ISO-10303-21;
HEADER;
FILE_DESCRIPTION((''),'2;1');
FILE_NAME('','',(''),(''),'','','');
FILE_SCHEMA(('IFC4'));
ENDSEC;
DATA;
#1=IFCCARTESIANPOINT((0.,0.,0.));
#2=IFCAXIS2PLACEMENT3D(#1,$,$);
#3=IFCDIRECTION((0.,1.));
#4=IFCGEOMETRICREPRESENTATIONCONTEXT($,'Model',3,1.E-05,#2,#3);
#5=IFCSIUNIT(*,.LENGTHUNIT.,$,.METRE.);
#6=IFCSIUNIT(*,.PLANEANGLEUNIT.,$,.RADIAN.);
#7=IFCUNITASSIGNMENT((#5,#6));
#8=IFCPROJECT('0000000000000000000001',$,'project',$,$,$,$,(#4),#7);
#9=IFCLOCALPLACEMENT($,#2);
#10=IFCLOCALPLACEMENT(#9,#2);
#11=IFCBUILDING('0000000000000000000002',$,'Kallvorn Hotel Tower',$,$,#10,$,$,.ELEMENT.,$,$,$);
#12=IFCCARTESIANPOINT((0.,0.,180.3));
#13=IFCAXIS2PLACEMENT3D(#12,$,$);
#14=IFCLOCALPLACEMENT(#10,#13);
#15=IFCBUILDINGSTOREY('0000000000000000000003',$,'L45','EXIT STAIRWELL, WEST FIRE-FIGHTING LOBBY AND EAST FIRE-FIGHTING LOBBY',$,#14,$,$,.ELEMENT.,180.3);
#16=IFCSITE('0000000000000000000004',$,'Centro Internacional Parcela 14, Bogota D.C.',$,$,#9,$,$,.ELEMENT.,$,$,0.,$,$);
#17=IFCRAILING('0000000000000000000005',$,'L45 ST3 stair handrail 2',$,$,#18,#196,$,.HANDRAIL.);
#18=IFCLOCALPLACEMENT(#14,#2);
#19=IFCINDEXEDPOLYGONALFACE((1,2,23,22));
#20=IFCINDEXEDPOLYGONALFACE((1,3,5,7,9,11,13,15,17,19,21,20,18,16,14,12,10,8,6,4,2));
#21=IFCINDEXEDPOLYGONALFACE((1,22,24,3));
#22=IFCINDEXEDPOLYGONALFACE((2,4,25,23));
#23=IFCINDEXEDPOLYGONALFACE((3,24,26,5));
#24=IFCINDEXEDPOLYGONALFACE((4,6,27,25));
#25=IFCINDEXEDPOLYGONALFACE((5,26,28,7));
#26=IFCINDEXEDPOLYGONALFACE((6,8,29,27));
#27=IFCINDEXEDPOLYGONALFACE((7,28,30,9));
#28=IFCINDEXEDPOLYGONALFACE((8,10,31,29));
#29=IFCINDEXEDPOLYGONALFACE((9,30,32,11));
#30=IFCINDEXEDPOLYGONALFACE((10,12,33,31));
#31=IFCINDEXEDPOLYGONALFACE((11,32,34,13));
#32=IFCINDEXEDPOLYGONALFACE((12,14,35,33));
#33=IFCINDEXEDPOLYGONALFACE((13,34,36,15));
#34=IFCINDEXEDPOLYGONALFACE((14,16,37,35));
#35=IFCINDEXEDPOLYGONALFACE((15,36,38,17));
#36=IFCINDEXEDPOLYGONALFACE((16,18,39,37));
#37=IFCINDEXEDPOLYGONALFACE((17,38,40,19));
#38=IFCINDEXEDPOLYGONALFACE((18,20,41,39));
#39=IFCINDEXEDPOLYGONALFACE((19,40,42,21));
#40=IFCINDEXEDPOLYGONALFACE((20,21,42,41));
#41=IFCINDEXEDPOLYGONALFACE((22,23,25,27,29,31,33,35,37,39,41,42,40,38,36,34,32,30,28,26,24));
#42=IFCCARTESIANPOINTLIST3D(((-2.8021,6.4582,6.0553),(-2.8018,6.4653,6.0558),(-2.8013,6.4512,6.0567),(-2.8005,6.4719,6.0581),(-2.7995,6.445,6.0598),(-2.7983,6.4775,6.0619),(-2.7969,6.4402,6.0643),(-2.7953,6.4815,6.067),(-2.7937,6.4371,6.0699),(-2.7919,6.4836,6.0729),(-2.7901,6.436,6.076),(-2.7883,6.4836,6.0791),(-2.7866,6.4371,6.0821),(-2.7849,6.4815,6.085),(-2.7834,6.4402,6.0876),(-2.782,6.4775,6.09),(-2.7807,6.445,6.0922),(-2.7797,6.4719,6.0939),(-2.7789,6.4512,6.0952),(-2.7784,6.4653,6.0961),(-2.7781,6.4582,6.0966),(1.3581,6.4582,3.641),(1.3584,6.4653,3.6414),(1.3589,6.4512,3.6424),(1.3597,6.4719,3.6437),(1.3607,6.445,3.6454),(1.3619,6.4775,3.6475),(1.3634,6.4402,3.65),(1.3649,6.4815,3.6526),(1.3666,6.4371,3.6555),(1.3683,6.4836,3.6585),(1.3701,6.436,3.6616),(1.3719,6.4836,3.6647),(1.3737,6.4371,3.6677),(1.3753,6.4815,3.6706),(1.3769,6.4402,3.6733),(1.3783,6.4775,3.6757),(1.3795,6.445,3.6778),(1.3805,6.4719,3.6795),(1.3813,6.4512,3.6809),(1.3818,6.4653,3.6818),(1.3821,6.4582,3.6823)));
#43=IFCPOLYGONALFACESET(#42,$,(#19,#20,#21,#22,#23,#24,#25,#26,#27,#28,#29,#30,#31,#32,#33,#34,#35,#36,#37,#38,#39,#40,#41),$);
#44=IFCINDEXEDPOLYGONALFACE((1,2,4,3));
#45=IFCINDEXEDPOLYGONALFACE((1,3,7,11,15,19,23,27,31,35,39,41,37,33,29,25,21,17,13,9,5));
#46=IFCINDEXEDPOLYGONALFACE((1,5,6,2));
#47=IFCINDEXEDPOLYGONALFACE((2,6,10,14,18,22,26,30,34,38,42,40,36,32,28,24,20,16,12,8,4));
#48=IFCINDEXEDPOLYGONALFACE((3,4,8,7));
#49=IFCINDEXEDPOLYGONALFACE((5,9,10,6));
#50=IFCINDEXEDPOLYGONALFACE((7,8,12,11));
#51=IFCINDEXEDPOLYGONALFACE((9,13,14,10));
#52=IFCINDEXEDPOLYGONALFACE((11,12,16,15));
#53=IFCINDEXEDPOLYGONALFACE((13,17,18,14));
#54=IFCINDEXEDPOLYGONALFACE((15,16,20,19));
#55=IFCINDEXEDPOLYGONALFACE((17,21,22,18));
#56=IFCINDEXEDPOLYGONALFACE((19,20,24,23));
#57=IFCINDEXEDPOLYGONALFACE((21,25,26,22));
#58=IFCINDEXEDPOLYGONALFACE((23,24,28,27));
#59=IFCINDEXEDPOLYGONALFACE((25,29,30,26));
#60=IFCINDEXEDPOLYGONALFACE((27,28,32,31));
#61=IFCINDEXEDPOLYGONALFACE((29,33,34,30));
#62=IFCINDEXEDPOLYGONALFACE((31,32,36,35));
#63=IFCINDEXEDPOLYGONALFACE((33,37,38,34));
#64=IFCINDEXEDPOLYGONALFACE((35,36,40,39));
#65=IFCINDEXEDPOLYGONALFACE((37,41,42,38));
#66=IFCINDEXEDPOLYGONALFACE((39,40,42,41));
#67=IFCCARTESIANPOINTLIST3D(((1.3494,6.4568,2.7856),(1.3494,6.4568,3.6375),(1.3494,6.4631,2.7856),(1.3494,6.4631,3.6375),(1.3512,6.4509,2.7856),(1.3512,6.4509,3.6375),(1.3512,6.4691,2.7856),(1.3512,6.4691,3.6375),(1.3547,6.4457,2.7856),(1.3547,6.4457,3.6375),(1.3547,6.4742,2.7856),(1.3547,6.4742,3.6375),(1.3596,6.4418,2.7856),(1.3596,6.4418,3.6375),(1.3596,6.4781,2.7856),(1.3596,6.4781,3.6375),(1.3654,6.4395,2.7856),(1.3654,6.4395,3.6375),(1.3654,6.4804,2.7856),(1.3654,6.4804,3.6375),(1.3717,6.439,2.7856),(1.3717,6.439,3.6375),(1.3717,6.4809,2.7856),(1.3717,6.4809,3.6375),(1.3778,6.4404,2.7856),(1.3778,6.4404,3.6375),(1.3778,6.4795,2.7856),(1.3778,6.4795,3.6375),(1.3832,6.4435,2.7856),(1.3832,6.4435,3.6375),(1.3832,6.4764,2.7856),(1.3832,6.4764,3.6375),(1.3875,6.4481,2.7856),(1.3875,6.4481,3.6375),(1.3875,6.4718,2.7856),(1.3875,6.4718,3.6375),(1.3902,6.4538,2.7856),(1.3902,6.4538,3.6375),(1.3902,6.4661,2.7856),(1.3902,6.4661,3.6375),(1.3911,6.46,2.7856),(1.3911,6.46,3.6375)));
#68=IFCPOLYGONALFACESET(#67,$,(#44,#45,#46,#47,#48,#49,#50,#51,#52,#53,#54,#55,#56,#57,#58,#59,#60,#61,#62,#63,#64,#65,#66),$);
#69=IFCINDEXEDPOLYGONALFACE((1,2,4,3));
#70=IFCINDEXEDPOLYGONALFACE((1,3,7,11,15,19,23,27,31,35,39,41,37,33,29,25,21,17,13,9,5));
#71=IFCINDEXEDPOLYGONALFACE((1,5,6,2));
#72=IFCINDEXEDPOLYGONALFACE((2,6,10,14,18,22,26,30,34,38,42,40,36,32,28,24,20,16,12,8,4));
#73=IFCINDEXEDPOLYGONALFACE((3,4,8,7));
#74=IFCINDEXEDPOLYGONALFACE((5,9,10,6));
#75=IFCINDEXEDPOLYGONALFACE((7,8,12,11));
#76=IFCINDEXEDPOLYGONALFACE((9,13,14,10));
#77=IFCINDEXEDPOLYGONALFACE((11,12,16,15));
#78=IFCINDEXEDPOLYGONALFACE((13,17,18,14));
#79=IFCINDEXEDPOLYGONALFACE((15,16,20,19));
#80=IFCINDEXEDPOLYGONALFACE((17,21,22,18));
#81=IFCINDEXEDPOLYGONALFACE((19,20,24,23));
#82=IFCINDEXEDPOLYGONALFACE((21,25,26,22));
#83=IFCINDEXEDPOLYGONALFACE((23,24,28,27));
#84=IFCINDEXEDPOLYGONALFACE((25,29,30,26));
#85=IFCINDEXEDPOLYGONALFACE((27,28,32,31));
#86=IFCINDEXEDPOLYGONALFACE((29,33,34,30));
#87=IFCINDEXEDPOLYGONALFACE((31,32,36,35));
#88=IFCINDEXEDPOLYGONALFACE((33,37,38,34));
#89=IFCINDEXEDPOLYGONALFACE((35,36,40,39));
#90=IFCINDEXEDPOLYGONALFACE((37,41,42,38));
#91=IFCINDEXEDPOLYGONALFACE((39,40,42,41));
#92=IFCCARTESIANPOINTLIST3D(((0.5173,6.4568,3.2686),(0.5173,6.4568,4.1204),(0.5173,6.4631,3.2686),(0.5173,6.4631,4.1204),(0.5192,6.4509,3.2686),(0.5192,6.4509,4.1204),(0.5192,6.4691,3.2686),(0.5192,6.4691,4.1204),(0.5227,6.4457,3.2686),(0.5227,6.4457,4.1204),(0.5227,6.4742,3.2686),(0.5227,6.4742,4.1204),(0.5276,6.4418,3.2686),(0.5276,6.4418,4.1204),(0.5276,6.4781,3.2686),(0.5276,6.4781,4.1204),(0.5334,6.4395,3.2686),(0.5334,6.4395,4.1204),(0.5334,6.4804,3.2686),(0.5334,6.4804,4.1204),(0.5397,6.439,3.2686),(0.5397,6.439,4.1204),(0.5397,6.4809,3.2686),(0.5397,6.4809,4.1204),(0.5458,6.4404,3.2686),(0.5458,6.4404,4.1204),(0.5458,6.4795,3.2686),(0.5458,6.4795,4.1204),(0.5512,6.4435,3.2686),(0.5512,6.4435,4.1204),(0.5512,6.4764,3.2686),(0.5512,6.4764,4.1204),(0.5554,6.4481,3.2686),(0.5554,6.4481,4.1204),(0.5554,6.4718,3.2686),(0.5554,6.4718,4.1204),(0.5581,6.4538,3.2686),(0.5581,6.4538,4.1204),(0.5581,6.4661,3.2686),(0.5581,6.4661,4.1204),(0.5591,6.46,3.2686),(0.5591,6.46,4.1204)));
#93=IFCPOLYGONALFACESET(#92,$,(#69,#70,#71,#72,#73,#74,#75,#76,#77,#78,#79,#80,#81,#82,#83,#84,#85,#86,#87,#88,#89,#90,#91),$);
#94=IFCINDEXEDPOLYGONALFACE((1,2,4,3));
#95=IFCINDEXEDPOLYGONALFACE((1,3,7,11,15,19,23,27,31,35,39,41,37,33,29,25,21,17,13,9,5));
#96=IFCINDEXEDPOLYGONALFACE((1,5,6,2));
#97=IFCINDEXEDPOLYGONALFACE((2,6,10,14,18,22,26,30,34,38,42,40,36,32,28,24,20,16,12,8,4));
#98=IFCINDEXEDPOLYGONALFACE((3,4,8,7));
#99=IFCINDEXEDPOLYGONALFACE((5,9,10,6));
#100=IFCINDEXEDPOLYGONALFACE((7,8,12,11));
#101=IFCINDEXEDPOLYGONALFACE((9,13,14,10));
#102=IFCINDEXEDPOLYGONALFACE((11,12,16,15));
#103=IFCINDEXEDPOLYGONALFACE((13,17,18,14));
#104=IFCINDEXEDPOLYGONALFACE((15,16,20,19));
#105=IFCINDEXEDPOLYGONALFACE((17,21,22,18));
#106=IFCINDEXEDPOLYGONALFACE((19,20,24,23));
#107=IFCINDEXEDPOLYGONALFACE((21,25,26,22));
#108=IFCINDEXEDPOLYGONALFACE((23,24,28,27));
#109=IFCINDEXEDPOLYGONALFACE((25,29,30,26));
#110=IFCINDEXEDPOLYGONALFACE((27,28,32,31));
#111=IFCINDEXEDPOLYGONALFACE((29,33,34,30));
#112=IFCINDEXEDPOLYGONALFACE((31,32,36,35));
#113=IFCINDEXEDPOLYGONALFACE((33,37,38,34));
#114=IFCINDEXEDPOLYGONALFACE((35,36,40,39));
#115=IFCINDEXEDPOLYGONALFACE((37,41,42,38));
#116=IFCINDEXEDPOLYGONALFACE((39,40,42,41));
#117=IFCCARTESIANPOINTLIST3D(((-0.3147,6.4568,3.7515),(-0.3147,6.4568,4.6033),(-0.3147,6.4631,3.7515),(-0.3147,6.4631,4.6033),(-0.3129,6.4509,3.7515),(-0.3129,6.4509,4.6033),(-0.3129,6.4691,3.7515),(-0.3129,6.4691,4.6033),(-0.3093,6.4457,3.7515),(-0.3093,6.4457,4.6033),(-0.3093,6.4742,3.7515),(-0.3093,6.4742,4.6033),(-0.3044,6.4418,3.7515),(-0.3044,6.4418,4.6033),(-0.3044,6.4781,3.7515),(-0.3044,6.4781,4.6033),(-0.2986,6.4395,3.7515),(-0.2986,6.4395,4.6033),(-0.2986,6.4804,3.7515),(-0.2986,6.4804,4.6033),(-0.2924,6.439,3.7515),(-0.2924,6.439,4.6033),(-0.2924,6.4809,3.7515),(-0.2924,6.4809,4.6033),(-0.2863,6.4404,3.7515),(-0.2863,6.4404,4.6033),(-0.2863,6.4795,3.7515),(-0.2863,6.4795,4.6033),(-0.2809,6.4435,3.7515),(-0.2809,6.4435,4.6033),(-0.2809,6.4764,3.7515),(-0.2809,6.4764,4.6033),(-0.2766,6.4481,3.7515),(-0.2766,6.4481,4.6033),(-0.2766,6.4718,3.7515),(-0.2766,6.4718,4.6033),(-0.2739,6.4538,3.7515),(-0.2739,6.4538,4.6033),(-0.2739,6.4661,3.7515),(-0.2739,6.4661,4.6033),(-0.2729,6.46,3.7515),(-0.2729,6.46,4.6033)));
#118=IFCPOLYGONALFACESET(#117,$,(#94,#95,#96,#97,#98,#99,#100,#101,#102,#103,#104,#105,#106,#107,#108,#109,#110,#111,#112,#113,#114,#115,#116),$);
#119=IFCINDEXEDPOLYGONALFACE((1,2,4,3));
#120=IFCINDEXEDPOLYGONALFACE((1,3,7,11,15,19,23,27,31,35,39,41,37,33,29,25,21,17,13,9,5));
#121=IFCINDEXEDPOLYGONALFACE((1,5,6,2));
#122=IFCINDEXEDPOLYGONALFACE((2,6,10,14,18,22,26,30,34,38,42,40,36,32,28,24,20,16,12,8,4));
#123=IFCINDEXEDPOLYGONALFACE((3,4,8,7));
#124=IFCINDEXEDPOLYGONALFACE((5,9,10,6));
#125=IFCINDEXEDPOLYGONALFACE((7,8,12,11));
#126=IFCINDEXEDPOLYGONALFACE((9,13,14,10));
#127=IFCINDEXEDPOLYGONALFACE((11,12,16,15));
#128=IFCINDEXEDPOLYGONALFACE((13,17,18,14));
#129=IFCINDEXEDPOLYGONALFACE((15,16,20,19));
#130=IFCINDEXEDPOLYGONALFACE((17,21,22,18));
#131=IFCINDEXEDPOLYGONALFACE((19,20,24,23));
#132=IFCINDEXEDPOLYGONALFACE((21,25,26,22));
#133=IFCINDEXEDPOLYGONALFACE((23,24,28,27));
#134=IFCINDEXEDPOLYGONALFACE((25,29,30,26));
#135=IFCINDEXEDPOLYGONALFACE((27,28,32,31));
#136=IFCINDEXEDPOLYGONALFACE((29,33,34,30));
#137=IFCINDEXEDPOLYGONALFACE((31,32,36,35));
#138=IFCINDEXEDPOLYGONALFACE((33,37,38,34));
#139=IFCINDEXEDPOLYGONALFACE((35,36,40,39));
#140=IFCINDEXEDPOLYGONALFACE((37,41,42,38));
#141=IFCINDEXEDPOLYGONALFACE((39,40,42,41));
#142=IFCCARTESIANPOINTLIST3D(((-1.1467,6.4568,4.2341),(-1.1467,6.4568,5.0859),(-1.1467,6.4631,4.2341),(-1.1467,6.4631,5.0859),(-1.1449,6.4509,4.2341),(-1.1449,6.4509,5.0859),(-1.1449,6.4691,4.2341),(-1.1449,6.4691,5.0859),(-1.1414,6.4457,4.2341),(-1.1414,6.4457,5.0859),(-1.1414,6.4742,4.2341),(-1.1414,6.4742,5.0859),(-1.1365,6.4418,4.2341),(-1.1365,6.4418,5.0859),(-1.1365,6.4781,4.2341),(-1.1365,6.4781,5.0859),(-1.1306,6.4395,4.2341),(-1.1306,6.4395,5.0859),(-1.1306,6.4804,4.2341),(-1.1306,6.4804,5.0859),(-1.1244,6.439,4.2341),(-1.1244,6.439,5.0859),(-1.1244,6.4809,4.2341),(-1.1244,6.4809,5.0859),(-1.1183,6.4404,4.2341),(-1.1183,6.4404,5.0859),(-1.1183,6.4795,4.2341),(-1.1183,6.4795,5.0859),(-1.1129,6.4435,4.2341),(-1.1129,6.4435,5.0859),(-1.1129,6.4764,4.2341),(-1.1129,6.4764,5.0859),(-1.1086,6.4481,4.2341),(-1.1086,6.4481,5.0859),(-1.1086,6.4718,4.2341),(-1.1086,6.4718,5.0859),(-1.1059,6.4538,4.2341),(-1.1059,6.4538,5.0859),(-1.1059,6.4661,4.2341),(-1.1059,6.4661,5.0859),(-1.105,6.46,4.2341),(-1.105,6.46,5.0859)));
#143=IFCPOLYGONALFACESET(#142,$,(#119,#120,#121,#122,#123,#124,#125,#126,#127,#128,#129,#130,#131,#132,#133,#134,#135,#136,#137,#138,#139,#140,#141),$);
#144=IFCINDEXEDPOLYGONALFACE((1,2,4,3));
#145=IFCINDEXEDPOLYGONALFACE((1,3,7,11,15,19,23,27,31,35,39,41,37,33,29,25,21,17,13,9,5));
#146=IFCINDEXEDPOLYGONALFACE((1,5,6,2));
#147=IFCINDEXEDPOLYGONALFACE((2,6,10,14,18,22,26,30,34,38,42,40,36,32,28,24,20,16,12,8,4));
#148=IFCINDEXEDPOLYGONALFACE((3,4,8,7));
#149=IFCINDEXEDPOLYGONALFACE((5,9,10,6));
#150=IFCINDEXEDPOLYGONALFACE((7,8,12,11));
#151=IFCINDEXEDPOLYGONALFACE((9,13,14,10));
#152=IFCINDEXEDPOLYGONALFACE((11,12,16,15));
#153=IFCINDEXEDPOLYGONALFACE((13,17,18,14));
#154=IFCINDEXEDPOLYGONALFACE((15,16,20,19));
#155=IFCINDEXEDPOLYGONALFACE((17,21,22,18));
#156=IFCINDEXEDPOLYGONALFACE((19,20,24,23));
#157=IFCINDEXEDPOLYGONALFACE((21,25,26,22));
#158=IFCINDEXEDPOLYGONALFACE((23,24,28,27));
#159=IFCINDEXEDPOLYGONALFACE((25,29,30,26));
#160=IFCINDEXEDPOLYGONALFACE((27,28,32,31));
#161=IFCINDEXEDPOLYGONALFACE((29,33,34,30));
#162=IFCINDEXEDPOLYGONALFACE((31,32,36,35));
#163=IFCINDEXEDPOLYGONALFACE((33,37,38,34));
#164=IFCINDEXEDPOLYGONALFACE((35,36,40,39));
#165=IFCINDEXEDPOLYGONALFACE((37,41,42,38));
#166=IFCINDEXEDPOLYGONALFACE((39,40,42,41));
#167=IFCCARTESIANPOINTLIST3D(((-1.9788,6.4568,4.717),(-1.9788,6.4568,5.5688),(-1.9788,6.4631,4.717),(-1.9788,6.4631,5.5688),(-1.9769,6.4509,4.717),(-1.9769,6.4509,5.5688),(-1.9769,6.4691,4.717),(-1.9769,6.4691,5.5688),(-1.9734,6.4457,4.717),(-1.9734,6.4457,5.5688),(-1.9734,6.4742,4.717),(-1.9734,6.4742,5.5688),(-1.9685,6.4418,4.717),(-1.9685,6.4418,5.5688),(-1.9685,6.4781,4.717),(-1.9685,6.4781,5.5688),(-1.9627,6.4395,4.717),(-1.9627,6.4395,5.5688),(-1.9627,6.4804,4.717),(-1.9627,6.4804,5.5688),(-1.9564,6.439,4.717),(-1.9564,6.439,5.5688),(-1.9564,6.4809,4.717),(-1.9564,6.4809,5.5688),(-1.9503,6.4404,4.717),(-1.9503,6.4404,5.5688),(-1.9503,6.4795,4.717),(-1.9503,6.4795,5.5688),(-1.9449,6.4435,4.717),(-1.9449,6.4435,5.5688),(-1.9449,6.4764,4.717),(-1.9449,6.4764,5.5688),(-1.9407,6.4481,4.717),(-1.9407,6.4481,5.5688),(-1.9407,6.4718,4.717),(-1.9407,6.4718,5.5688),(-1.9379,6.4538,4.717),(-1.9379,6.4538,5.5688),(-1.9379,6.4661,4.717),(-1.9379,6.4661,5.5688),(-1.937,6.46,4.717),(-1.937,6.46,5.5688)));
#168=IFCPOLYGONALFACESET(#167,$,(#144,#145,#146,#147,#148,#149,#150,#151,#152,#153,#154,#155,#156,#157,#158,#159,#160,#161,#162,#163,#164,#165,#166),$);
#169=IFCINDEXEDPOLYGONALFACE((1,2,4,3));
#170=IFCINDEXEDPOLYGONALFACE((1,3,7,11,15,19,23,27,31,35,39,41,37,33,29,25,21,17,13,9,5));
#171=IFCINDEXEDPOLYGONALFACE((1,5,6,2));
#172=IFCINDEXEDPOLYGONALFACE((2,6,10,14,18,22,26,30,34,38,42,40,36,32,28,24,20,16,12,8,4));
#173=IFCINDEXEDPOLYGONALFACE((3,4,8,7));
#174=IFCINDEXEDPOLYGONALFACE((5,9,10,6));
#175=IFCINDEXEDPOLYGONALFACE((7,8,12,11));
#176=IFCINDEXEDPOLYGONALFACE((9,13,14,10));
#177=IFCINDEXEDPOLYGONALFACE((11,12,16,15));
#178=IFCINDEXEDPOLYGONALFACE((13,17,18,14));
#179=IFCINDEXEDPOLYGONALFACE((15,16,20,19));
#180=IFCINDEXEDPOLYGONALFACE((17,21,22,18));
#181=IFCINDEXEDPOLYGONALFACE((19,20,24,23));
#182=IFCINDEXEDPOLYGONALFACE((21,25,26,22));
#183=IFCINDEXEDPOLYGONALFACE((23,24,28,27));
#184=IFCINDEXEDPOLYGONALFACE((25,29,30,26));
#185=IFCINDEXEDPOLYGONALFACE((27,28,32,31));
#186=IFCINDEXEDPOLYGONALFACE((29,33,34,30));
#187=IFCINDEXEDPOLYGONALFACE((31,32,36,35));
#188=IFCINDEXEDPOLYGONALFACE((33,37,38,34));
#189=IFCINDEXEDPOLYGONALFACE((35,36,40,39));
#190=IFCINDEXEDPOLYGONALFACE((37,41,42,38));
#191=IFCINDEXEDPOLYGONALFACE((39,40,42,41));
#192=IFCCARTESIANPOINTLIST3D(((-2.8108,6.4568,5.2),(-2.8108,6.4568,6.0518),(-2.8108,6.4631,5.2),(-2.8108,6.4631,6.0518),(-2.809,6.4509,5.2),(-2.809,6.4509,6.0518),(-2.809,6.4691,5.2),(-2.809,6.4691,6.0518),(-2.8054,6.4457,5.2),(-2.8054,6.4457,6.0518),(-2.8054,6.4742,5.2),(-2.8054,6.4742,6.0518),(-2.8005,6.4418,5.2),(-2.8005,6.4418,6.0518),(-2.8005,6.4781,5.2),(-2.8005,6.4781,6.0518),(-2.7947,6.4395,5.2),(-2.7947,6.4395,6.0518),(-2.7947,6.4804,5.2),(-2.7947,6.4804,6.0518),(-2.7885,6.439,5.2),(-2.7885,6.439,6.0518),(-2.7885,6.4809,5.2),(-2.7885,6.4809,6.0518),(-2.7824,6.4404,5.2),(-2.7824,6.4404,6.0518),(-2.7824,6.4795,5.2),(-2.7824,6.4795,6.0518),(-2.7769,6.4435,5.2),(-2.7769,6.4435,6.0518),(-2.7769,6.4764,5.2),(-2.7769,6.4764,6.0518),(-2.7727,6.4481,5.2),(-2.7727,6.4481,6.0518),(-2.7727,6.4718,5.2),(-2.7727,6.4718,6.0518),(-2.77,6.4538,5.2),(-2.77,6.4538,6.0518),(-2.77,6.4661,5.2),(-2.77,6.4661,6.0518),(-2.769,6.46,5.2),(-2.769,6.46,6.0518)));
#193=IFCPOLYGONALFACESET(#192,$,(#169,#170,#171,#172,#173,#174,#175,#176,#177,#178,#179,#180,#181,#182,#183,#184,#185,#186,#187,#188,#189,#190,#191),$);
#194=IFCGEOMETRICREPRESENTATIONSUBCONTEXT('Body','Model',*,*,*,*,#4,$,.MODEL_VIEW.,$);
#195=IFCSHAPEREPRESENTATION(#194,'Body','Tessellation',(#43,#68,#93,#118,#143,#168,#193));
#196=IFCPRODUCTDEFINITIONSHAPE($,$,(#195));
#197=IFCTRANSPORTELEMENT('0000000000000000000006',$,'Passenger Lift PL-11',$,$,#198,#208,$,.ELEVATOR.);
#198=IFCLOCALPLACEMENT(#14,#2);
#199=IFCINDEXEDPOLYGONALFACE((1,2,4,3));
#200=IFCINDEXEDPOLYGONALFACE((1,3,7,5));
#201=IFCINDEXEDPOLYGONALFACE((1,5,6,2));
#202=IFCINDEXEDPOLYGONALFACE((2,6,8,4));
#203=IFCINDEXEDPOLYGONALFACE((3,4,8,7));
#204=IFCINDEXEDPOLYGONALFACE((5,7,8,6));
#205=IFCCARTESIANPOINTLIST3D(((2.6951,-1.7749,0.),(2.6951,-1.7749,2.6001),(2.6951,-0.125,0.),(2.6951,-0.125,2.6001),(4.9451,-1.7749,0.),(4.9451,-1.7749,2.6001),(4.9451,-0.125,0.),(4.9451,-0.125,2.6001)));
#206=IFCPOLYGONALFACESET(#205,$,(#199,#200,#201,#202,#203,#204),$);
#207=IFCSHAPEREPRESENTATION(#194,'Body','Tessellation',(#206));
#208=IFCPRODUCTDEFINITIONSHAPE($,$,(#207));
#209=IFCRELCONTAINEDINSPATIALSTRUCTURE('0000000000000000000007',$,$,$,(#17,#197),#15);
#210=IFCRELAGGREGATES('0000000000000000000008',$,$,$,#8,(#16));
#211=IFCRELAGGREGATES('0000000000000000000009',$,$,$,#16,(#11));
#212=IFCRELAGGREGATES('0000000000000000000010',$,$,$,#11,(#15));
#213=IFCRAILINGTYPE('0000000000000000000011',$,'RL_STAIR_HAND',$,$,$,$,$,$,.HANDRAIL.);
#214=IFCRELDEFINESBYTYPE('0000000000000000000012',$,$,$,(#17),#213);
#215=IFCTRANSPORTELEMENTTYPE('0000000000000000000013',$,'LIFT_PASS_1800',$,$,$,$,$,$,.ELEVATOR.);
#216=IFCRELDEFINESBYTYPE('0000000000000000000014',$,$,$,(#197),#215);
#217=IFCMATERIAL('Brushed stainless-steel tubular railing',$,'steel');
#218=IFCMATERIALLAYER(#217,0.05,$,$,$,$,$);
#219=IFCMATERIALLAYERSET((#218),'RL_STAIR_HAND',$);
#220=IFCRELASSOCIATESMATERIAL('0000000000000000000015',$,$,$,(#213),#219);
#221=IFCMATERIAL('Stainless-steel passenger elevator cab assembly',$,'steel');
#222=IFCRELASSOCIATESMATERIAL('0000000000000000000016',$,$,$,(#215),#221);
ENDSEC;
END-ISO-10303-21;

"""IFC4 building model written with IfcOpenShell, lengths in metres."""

from ifc_helpers import new_model, si_unit, direction, frame, origin, origin_2d, place, context, subcontext, project, spatial, rectangle, circle, extrude, material, layer, layer_set, type_object, element, save


model = new_model("IFC4")

# Units and contexts
model_context = context("Model", 3, precision=1e-05, world=origin(), true_north=direction((0.0, 1.0)))
body_context = subcontext(model_context, "Body", "Model", "MODEL_VIEW")
ifc_project = project(units=[si_unit("LENGTHUNIT", "METRE"), si_unit("PLANEANGLEUNIT", "RADIAN")], contexts=[model_context])

# Site, building, storey
site_placement = place(None, origin())
site = spatial("IfcSite", under=ifc_project, at=site_placement, Name="Centro Internacional Parcela 14, Bogota D.C.", CompositionType="ELEMENT", RefElevation=0.0)
building_placement = place(site_placement, origin())
building = spatial("IfcBuilding", under=site, at=building_placement, Name="Kallvorn Hotel Tower", CompositionType="ELEMENT")
storey_placement = place(building_placement, frame((0.0, 0.0, 180.3)))
storey = spatial("IfcBuildingStorey", under=building, at=storey_placement, Name="L45", Description="EXIT STAIRWELL, WEST FIRE-FIGHTING LOBBY AND EAST FIRE-FIGHTING LOBBY", CompositionType="ELEMENT", Elevation=180.3)

# Railing
ifc_material_1 = material(Name="Brushed stainless-steel tubular railing", Category="steel")
ifc_layer_1 = layer(ifc_material_1, 0.05)
ifc_layer_set_1 = layer_set([ifc_layer_1], Name="RL_STAIR_HAND")
railing_type_1 = type_object("IfcRailingType", Name="RL_STAIR_HAND", PredefinedType="HANDRAIL", material=ifc_layer_set_1)
railing_1_placement = place(storey_placement, frame((1.3701, 6.46, 2.7856)))
element("IfcRailing", 1, at=railing_1_placement, inside=storey, type_object=railing_type_1, Name="L45 ST3 stair handrail 2", PredefinedType="HANDRAIL", context=body_context, shape_type="SweptSolid", body=[
    extrude(circle(Radius=0.0239, at=origin_2d()), frame((0.0, 0.0, 0.876), z_axis=(-0.864903, 0.0, 0.501938), x_axis=(0.0, -1.0, 0.0)), (0.0, 0.0, 1.0), 4.8101),
    extrude(circle(Radius=0.021, at=origin_2d()), origin(), (0.0, 0.0, 1.0), 0.8518),
    extrude(circle(Radius=0.021, at=origin_2d()), frame((-0.832, 0.0, 0.4829)), (0.0, 0.0, 1.0), 0.8518),
    extrude(circle(Radius=0.021, at=origin_2d()), frame((-1.6641, 0.0, 0.9658)), (0.0, 0.0, 1.0), 0.8518),
    extrude(circle(Radius=0.021, at=origin_2d()), frame((-2.4961, 0.0, 1.4485)), (0.0, 0.0, 1.0), 0.8518),
    extrude(circle(Radius=0.021, at=origin_2d()), frame((-3.3281, 0.0, 1.9314)), (0.0, 0.0, 1.0), 0.8518),
    extrude(circle(Radius=0.021, at=origin_2d()), frame((-4.1602, 0.0, 2.4143)), (0.0, 0.0, 1.0), 0.8518),
])

# Transport element
ifc_material_2 = material(Name="Stainless-steel passenger elevator cab assembly", Category="steel")
transport_element_type = type_object("IfcTransportElementType", Name="LIFT_PASS_1800", PredefinedType="ELEVATOR", material=ifc_material_2)
transport_element_placement = place(storey_placement, frame((3.8201, -0.95, 0.0), z_axis=(0.0, 0.0, 1.0), x_axis=(1.0, 0.0, 0.0)))
element("IfcTransportElement", 2, at=transport_element_placement, inside=storey, type_object=transport_element_type, Name="Passenger Lift PL-11", PredefinedType="ELEVATOR", context=body_context, shape_type="SweptSolid", body=[
    extrude(rectangle(XDim=2.25, YDim=1.6499, at=origin_2d()), origin(), (0.0, 0.0, 1.0), 2.6001),
])

save(model, "model.ifc")
